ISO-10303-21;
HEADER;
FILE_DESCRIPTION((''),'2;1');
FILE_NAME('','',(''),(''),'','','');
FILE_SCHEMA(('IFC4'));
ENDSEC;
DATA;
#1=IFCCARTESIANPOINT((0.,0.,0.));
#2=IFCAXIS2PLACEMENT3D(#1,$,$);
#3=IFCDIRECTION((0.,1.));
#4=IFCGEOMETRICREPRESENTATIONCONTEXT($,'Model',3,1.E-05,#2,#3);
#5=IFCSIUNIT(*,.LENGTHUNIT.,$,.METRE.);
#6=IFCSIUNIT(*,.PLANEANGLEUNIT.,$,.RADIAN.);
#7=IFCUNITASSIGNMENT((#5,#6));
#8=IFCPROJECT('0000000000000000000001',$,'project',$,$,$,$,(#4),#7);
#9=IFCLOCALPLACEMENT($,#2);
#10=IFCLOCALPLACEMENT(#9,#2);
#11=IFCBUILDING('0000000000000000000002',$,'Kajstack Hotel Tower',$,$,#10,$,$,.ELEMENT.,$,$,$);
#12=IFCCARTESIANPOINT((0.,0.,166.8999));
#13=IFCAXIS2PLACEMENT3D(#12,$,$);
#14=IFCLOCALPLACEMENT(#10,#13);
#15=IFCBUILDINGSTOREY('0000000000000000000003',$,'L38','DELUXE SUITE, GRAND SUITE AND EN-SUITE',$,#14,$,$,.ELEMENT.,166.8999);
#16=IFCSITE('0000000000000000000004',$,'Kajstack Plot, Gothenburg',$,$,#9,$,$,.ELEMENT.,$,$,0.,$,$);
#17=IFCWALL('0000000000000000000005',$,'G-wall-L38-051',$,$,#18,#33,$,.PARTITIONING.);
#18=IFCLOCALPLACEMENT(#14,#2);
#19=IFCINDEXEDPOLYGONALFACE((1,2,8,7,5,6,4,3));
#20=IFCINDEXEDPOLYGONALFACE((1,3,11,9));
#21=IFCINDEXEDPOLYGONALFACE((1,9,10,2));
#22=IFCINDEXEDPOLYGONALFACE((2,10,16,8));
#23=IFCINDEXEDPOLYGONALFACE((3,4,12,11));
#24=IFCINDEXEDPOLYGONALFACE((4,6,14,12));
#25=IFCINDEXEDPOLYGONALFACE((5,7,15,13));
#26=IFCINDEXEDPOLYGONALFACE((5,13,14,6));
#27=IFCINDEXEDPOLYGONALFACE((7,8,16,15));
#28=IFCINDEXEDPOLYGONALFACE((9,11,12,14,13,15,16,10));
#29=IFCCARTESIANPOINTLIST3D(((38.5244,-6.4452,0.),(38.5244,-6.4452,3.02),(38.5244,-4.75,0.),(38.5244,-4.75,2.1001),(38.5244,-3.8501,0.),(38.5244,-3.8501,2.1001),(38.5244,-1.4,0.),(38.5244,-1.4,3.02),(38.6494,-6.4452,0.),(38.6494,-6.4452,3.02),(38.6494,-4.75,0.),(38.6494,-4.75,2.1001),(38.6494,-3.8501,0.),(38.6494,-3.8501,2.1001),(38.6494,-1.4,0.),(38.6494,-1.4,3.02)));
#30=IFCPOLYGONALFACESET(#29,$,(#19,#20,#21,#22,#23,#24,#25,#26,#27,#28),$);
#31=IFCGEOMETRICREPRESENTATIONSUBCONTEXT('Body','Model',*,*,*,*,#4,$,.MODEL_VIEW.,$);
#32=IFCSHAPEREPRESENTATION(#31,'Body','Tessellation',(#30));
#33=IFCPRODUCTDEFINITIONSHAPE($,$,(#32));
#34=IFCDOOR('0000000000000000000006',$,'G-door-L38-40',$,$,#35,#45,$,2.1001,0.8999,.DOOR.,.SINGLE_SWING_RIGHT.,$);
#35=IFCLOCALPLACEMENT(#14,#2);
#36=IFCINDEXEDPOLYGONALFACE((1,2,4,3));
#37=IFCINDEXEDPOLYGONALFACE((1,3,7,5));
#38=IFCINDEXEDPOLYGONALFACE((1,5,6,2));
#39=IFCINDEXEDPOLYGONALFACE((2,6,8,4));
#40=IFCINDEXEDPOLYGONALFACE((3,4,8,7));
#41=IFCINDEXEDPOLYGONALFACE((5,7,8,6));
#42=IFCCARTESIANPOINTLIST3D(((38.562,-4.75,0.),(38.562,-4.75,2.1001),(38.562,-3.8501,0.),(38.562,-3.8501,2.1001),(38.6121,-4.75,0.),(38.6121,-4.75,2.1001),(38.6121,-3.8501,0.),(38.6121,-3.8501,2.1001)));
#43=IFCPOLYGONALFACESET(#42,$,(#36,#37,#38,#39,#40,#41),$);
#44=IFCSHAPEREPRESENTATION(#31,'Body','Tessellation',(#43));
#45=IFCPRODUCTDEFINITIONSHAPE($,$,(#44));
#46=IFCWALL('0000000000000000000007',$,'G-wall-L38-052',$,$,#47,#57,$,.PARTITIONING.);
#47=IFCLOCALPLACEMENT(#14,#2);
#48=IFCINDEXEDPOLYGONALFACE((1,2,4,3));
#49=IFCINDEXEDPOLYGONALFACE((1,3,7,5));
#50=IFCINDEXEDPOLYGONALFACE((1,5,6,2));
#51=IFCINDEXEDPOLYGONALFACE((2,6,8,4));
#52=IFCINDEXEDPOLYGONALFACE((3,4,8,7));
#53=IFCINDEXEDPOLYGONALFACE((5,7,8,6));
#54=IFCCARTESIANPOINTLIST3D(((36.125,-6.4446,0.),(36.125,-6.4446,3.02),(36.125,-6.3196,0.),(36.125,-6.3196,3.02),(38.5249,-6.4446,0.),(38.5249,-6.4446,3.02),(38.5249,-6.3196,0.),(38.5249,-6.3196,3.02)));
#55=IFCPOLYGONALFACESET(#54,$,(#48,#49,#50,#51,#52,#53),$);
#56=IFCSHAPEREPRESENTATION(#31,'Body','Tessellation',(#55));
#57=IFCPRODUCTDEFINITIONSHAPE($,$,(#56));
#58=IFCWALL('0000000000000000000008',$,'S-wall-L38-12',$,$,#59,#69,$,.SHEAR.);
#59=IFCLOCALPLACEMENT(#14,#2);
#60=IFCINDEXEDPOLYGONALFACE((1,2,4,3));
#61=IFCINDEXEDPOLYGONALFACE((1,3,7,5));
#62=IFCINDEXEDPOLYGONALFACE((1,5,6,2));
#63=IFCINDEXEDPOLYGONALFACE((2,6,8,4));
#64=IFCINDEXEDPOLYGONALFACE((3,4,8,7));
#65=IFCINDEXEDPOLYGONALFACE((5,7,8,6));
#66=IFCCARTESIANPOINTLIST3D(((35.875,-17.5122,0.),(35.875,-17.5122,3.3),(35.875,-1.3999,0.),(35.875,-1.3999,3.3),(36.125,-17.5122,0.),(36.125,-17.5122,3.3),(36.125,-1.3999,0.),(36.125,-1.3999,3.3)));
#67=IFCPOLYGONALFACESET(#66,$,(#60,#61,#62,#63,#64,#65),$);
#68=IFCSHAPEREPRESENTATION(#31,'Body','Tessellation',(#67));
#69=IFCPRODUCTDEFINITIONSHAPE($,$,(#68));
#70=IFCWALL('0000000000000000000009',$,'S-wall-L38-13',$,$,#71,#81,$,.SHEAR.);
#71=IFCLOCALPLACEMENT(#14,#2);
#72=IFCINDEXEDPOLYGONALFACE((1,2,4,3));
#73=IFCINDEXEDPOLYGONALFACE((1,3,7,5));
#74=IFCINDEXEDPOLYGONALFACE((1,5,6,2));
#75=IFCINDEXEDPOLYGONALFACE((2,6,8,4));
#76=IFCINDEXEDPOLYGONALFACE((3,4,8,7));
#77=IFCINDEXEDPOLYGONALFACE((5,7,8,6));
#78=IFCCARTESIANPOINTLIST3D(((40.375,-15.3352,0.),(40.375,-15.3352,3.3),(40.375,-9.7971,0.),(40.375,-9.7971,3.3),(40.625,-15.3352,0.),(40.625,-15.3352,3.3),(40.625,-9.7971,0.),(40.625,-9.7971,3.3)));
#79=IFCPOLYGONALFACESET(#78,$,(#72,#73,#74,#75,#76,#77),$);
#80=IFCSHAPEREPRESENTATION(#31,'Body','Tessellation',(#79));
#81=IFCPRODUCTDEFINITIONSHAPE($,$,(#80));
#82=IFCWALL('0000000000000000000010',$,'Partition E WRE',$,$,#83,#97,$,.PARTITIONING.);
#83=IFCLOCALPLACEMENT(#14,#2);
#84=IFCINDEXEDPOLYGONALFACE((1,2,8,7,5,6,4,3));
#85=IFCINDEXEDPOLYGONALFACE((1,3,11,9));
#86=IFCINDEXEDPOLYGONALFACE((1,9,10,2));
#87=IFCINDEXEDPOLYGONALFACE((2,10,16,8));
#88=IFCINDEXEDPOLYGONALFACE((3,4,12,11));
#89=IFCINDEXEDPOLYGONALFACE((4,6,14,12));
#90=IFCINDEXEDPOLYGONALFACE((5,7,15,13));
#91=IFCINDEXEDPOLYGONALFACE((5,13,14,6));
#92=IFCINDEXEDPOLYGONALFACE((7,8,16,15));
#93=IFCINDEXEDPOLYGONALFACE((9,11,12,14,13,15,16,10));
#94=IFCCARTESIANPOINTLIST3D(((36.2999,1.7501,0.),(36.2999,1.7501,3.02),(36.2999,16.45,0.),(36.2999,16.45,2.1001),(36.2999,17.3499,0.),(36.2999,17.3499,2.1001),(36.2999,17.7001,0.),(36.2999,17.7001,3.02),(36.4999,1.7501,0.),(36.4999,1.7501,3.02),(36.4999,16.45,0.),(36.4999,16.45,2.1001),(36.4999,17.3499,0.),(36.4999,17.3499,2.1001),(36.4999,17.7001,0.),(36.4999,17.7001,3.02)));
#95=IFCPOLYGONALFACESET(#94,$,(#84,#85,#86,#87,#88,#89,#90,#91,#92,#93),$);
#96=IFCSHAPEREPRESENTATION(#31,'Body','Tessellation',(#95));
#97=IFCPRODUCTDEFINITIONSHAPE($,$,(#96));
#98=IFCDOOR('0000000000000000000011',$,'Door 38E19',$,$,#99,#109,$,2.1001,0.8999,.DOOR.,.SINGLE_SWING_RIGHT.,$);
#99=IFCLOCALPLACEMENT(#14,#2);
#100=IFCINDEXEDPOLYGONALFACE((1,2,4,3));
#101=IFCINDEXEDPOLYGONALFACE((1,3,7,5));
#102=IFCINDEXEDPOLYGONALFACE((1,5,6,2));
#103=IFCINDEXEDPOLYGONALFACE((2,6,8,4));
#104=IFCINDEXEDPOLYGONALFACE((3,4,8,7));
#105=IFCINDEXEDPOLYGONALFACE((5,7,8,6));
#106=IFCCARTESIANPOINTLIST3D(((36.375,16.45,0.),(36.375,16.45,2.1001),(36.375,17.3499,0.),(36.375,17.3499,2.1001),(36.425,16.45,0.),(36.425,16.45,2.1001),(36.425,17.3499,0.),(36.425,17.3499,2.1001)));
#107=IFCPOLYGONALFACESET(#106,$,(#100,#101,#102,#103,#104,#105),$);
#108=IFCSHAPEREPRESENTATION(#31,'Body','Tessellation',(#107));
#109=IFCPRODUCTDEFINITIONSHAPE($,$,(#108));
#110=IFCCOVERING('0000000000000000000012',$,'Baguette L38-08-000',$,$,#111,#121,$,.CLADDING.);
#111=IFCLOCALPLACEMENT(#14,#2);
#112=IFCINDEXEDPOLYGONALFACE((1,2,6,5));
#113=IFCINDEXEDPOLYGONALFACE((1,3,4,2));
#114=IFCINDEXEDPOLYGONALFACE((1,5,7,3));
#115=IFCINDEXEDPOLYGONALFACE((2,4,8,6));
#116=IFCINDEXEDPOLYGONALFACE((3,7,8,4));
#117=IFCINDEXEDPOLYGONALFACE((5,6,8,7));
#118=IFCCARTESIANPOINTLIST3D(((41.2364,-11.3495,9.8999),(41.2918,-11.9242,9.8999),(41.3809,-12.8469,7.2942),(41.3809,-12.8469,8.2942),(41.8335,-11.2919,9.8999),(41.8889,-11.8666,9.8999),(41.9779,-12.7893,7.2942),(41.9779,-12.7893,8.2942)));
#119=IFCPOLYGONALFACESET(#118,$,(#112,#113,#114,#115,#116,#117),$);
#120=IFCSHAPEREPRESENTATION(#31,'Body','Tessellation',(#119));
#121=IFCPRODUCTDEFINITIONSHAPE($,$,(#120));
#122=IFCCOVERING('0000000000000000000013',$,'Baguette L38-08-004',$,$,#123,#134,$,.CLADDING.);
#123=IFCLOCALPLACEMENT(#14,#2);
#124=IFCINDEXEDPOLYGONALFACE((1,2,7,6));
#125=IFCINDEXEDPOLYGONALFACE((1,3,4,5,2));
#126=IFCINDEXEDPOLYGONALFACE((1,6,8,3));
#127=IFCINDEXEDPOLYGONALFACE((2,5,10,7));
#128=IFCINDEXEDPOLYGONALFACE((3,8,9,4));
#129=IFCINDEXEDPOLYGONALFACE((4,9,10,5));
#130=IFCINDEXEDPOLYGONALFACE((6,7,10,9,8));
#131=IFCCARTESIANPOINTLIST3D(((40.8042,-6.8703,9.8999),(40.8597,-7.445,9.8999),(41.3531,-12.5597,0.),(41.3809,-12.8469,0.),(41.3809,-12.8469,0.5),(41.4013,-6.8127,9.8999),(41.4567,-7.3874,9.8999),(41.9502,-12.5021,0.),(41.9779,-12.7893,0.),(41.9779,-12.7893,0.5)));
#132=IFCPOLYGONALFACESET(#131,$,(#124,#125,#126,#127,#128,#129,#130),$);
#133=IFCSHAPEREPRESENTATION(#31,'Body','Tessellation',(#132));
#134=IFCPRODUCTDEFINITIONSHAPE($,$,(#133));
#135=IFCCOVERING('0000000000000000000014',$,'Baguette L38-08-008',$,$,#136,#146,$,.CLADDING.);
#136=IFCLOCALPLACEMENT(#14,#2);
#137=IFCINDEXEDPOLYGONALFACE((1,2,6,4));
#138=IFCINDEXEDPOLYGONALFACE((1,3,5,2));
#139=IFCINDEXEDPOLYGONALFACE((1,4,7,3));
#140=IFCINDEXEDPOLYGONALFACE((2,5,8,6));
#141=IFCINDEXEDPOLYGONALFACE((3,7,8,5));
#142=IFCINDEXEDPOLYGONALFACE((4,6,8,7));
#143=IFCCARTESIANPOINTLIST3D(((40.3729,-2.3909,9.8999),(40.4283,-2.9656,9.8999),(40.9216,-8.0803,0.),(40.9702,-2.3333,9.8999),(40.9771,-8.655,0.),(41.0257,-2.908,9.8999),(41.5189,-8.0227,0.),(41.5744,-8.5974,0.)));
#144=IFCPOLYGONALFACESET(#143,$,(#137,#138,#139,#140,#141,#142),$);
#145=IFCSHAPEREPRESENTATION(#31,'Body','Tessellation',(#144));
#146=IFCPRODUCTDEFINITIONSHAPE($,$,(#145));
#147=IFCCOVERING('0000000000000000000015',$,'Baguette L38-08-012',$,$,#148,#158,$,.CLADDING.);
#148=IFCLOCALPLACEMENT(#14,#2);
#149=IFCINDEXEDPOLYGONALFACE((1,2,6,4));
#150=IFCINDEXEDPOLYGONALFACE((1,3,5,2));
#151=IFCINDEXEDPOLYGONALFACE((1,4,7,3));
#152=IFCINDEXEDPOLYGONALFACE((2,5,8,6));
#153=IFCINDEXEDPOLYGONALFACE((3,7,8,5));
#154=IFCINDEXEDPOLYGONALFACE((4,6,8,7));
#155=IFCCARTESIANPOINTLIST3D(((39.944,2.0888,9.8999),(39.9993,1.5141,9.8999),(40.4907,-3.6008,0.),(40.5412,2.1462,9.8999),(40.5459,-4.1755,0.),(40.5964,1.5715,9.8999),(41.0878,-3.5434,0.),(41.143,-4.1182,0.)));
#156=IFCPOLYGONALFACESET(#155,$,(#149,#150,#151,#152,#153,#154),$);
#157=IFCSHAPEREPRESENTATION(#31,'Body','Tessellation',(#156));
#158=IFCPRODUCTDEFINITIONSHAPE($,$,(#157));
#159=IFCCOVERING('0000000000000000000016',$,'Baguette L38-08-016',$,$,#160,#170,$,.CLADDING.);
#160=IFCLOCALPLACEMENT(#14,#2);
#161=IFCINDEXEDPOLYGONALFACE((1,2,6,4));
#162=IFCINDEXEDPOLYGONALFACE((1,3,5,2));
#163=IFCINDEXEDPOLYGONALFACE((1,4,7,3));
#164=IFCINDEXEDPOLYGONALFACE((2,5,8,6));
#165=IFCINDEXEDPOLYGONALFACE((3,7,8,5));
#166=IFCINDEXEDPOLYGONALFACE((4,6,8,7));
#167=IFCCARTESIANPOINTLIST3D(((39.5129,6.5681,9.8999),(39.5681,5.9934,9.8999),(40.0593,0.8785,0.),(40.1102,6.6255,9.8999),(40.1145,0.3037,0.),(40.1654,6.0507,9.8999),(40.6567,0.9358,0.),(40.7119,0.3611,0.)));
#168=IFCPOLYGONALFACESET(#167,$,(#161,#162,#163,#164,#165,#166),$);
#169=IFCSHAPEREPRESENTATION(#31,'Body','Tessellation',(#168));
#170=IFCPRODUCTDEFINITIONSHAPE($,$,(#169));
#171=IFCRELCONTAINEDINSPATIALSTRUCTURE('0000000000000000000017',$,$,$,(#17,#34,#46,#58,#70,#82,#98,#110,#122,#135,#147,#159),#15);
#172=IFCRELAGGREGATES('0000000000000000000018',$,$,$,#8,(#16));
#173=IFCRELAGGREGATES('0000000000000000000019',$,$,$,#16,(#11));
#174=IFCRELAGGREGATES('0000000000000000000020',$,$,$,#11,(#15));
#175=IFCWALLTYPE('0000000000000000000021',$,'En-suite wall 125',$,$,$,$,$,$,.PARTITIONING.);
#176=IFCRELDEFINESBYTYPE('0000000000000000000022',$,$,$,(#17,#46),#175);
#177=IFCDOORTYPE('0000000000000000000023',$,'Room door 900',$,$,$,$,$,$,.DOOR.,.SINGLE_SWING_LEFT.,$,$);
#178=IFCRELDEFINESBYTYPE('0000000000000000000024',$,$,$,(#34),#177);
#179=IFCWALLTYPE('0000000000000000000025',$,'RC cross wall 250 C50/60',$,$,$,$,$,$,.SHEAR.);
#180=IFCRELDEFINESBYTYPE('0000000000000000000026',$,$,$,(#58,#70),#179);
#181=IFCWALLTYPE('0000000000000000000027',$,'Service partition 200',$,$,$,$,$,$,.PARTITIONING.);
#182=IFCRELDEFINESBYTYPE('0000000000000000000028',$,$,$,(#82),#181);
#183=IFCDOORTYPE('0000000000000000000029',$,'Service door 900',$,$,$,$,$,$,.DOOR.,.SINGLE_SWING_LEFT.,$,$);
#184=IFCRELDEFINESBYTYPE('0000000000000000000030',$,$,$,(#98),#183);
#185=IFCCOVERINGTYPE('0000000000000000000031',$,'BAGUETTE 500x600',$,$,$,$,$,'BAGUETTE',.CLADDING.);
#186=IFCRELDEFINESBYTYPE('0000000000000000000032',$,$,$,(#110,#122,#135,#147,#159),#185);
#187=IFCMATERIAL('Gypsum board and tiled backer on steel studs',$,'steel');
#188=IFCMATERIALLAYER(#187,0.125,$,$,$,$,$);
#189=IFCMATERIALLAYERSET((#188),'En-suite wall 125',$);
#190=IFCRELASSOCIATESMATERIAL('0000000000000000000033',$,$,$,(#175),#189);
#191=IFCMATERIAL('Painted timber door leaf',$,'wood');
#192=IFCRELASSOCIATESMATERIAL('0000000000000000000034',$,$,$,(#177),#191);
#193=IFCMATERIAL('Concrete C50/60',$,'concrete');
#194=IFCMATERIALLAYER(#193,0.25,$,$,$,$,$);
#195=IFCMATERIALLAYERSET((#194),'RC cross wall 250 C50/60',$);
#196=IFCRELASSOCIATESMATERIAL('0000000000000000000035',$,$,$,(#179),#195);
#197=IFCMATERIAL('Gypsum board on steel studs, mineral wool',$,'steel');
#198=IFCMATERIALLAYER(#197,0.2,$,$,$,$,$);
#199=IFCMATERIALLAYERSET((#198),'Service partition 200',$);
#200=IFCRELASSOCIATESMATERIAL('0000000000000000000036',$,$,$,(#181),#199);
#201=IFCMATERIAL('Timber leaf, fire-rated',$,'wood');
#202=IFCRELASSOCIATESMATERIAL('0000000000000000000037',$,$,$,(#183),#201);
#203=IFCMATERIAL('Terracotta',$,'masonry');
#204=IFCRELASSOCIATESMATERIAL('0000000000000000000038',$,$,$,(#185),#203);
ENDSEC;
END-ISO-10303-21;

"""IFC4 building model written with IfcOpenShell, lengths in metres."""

from ifc_helpers import new_model, si_unit, direction, frame, frame_2d, origin, origin_2d, place, context, subcontext, project, spatial, polyline, rectangle, outline, extrude, material, layer, layer_set, material_profile, profile_set, type_object, element, fill, save


model = new_model("IFC4")

# Units and contexts
model_context = context("Model", 3, precision=1e-05, world=origin(), true_north=direction((0.0, 1.0)))
body_context = subcontext(model_context, "Body", "Model", "MODEL_VIEW")
ifc_project = project(units=[si_unit("LENGTHUNIT", "METRE"), si_unit("PLANEANGLEUNIT", "RADIAN")], contexts=[model_context])

# Site, building, storey
site_placement = place(None, origin())
site = spatial("IfcSite", under=ifc_project, at=site_placement, Name="Kajstack Plot, Gothenburg", CompositionType="ELEMENT", RefElevation=0.0)
building_placement = place(site_placement, origin())
building = spatial("IfcBuilding", under=site, at=building_placement, Name="Kajstack Hotel Tower", CompositionType="ELEMENT")
storey_placement = place(building_placement, frame((0.0, 0.0, 166.8999)))
storey = spatial("IfcBuildingStorey", under=building, at=storey_placement, Name="L38", Description="DELUXE SUITE, GRAND SUITE AND EN-SUITE", CompositionType="ELEMENT", Elevation=166.8999)

# Wall, opening, door
ifc_material_1 = material(Name="Gypsum board and tiled backer on steel studs", Category="steel")
ifc_layer_1 = layer(ifc_material_1, 0.125)
ifc_layer_set_1 = layer_set([ifc_layer_1], Name="En-suite wall 125")
wall_type_1 = type_object("IfcWallType", Name="En-suite wall 125", PredefinedType="PARTITIONING", material=ifc_layer_set_1)
wall_1_placement = place(storey_placement, frame((38.5869, -6.4451, 0.0), z_axis=(0.0, 0.0, 1.0), x_axis=(0.0, 1.0, 0.0)))
wall_1 = element("IfcWall", 1, at=wall_1_placement, inside=storey, type_object=wall_type_1, Name="G-wall-L38-051", PredefinedType="PARTITIONING", context=body_context, shape_type="SweptSolid", body=[
    extrude(rectangle(XDim=5.0452, YDim=0.125, at=frame_2d((2.5225, 0.0))), origin(), (0.0, 0.0, 1.0), 3.02),
])
opening_1_placement = place(wall_1_placement, frame((1.6951, 0.0, 0.0)))
opening_1 = element("IfcOpeningElement", 2, at=opening_1_placement, cuts=wall_1, PredefinedType="OPENING", context=body_context, shape_type="SweptSolid", body=[
    extrude(rectangle(XDim=0.8999, YDim=2.1001, at=frame_2d((0.45, 1.05))), frame((0.0, 0.0725, 0.0), z_axis=(0.0, -1.0, 0.0), x_axis=(1.0, 0.0, 0.0)), (0.0, 0.0, 1.0), 0.145),
])
ifc_material_2 = material(Name="Painted timber door leaf", Category="wood")
door_type_1 = type_object("IfcDoorType", Name="Room door 900", OperationType="SINGLE_SWING_LEFT", PredefinedType="DOOR", material=ifc_material_2)
door_1_placement = place(opening_1_placement, origin())
door_1 = element("IfcDoor", 3, at=door_1_placement, inside=storey, type_object=door_type_1, Name="G-door-L38-40", OperationType="SINGLE_SWING_RIGHT", OverallHeight=2.1001, OverallWidth=0.8999, PredefinedType="DOOR", context=body_context, shape_type="SweptSolid", body=[
    extrude(rectangle(XDim=0.8999, YDim=2.1001, at=frame_2d((0.45, 1.05))), frame((0.0, 0.0249, 0.0), z_axis=(0.0, -1.0, 0.0), x_axis=(1.0, 0.0, 0.0)), (0.0, 0.0, 1.0), 0.05),
])
fill(opening_1, door_1)

# Walls
wall_2_placement = place(storey_placement, frame((36.125, -6.3821, 0.0), z_axis=(0.0, 0.0, 1.0), x_axis=(1.0, 0.0, 0.0)))
element("IfcWall", 4, at=wall_2_placement, inside=storey, type_object=wall_type_1, Name="G-wall-L38-052", PredefinedType="PARTITIONING", context=body_context, shape_type="SweptSolid", body=[
    extrude(rectangle(XDim=2.3999, YDim=0.125, at=frame_2d((1.2, 0.0))), origin(), (0.0, 0.0, 1.0), 3.02),
])
ifc_material_3 = material(Name="Concrete C50/60", Category="concrete")
ifc_layer_2 = layer(ifc_material_3, 0.25)
ifc_layer_set_2 = layer_set([ifc_layer_2], Name="RC cross wall 250 C50/60")
wall_type_2 = type_object("IfcWallType", Name="RC cross wall 250 C50/60", PredefinedType="SHEAR", material=ifc_layer_set_2)
wall_3_placement = place(storey_placement, frame((36.0, -17.5122, 0.0), z_axis=(0.0, 0.0, 1.0), x_axis=(0.0, 1.0, 0.0)))
element("IfcWall", 5, at=wall_3_placement, inside=storey, type_object=wall_type_2, Name="S-wall-L38-12", PredefinedType="SHEAR", context=body_context, shape_type="SweptSolid", body=[
    extrude(rectangle(XDim=16.1123, YDim=0.25, at=frame_2d((8.0562, 0.0))), origin(), (0.0, 0.0, 1.0), 3.3),
])
wall_4_placement = place(storey_placement, frame((40.5, -15.3352, 0.0), z_axis=(0.0, 0.0, 1.0), x_axis=(0.0, 1.0, 0.0)))
element("IfcWall", 6, at=wall_4_placement, inside=storey, type_object=wall_type_2, Name="S-wall-L38-13", PredefinedType="SHEAR", context=body_context, shape_type="SweptSolid", body=[
    extrude(rectangle(XDim=5.5381, YDim=0.25, at=frame_2d((2.769, 0.0))), origin(), (0.0, 0.0, 1.0), 3.3),
])

# Wall, opening, door
ifc_material_4 = material(Name="Gypsum board on steel studs, mineral wool", Category="steel")
ifc_layer_3 = layer(ifc_material_4, 0.2)
ifc_layer_set_3 = layer_set([ifc_layer_3], Name="Service partition 200")
wall_type_3 = type_object("IfcWallType", Name="Service partition 200", PredefinedType="PARTITIONING", material=ifc_layer_set_3)
wall_5_placement = place(storey_placement, frame((36.3999, 1.75, 0.0), z_axis=(0.0, 0.0, 1.0), x_axis=(0.0, 1.0, 0.0)))
wall_5 = element("IfcWall", 7, at=wall_5_placement, inside=storey, type_object=wall_type_3, Name="Partition E WRE", PredefinedType="PARTITIONING", context=body_context, shape_type="SweptSolid", body=[
    extrude(rectangle(XDim=15.95, YDim=0.2, at=frame_2d((7.9751, 0.0))), origin(), (0.0, 0.0, 1.0), 3.02),
])
opening_2_placement = place(wall_5_placement, frame((14.7, 0.0, 0.0)))
opening_2 = element("IfcOpeningElement", 8, at=opening_2_placement, cuts=wall_5, PredefinedType="OPENING", context=body_context, shape_type="SweptSolid", body=[
    extrude(rectangle(XDim=0.8999, YDim=2.1001, at=frame_2d((0.45, 1.05))), frame((0.0, 0.1099, 0.0), z_axis=(0.0, -1.0, 0.0), x_axis=(1.0, 0.0, 0.0)), (0.0, 0.0, 1.0), 0.22),
])
ifc_material_5 = material(Name="Timber leaf, fire-rated", Category="wood")
door_type_2 = type_object("IfcDoorType", Name="Service door 900", OperationType="SINGLE_SWING_LEFT", PredefinedType="DOOR", material=ifc_material_5)
door_2_placement = place(opening_2_placement, origin())
door_2 = element("IfcDoor", 9, at=door_2_placement, inside=storey, type_object=door_type_2, Name="Door 38E19", OperationType="SINGLE_SWING_RIGHT", OverallHeight=2.1001, OverallWidth=0.8999, PredefinedType="DOOR", context=body_context, shape_type="SweptSolid", body=[
    extrude(rectangle(XDim=0.8999, YDim=2.1001, at=frame_2d((0.45, 1.05))), frame((0.0, 0.0249, 0.0), z_axis=(0.0, -1.0, 0.0), x_axis=(1.0, 0.0, 0.0)), (0.0, 0.0, 1.0), 0.05),
])
fill(opening_2, door_2)

# Coverings
ifc_material_6 = material(Name="Terracotta", Category="masonry")
ifc_material_profile = material_profile(ifc_material_6, rectangle(XDim=0.6001, YDim=0.5, at=origin_2d()), Name="Terracotta-clad concrete baguette 500 x 600")
ifc_profile_set = profile_set([ifc_material_profile], Name="Terracotta")
covering_type = type_object("IfcCoveringType", Name="BAGUETTE 500x600", ElementType="BAGUETTE", PredefinedType="CLADDING", material=ifc_profile_set)
covering_1_placement = place(storey_placement, frame((41.3809, -12.8469, 0.0), z_axis=(0.995378, 0.096038, 0.0), x_axis=(-0.096038, 0.995378, 0.0)))
element("IfcCovering", 10, at=covering_1_placement, inside=storey, type_object=covering_type, Name="Baguette L38-08-000", PredefinedType="CLADDING", context=body_context, shape_type="SweptSolid", body=[
    extrude(outline(polyline([(0.927, 9.8999), (0.0, 8.2942), (0.0, 7.2942), (1.5044, 9.8999), (0.927, 9.8999)])), origin(), (0.0, 0.0, 1.0), 0.5999),
])
covering_2_placement = place(storey_placement, frame((41.3809, -12.8469, 0.0), z_axis=(0.995378, 0.096038, 0.0), x_axis=(-0.096038, 0.995378, 0.0)))
element("IfcCovering", 11, at=covering_2_placement, inside=storey, type_object=covering_type, Name="Baguette L38-08-004", PredefinedType="CLADDING", context=body_context, shape_type="SweptSolid", body=[
    extrude(outline(polyline([(5.427, 9.8999), (0.0, 0.5), (0.0, 0.0), (0.2886, 0.0), (6.0044, 9.8999), (5.427, 9.8999)])), origin(), (0.0, 0.0, 1.0), 0.5999),
])
covering_3_placement = place(storey_placement, frame((40.9771, -8.655, 0.0), z_axis=(0.995381, 0.095999, 0.0), x_axis=(-0.095999, 0.995381, 0.0)))
element("IfcCovering", 12, at=covering_3_placement, inside=storey, type_object=covering_type, Name="Baguette L38-08-008", PredefinedType="CLADDING", context=body_context, shape_type="SweptSolid", body=[
    extrude(outline(polyline([(5.7158, 9.8999), (0.0, 0.0), (0.5774, 0.0), (6.2932, 9.8999), (5.7158, 9.8999)])), origin(), (0.0, 0.0, 1.0), 0.6001),
])
covering_4_placement = place(storey_placement, frame((40.5459, -4.1755, 0.0), z_axis=(0.995416, 0.095635, 0.0), x_axis=(-0.095635, 0.995416, 0.0)))
element("IfcCovering", 13, at=covering_4_placement, inside=storey, type_object=covering_type, Name="Baguette L38-08-012", PredefinedType="CLADDING", context=body_context, shape_type="SweptSolid", body=[
    extrude(outline(polyline([(5.7158, 9.8999), (0.0, 0.0), (0.5774, 0.0), (6.2932, 9.8999), (5.7158, 9.8999)])), origin(), (0.0, 0.0, 1.0), 0.5999),
])
covering_5_placement = place(storey_placement, frame((40.1145, 0.3037, 0.0), z_axis=(0.99542, 0.095596, 0.0), x_axis=(-0.095596, 0.99542, 0.0)))
element("IfcCovering", 14, at=covering_5_placement, inside=storey, type_object=covering_type, Name="Baguette L38-08-016", PredefinedType="CLADDING", context=body_context, shape_type="SweptSolid", body=[
    extrude(outline(polyline([(5.7158, 9.8999), (0.0, 0.0), (0.5774, 0.0), (6.2932, 9.8999), (5.7158, 9.8999)])), origin(), (0.0, 0.0, 1.0), 0.6001),
])

save(model, "model.ifc")
